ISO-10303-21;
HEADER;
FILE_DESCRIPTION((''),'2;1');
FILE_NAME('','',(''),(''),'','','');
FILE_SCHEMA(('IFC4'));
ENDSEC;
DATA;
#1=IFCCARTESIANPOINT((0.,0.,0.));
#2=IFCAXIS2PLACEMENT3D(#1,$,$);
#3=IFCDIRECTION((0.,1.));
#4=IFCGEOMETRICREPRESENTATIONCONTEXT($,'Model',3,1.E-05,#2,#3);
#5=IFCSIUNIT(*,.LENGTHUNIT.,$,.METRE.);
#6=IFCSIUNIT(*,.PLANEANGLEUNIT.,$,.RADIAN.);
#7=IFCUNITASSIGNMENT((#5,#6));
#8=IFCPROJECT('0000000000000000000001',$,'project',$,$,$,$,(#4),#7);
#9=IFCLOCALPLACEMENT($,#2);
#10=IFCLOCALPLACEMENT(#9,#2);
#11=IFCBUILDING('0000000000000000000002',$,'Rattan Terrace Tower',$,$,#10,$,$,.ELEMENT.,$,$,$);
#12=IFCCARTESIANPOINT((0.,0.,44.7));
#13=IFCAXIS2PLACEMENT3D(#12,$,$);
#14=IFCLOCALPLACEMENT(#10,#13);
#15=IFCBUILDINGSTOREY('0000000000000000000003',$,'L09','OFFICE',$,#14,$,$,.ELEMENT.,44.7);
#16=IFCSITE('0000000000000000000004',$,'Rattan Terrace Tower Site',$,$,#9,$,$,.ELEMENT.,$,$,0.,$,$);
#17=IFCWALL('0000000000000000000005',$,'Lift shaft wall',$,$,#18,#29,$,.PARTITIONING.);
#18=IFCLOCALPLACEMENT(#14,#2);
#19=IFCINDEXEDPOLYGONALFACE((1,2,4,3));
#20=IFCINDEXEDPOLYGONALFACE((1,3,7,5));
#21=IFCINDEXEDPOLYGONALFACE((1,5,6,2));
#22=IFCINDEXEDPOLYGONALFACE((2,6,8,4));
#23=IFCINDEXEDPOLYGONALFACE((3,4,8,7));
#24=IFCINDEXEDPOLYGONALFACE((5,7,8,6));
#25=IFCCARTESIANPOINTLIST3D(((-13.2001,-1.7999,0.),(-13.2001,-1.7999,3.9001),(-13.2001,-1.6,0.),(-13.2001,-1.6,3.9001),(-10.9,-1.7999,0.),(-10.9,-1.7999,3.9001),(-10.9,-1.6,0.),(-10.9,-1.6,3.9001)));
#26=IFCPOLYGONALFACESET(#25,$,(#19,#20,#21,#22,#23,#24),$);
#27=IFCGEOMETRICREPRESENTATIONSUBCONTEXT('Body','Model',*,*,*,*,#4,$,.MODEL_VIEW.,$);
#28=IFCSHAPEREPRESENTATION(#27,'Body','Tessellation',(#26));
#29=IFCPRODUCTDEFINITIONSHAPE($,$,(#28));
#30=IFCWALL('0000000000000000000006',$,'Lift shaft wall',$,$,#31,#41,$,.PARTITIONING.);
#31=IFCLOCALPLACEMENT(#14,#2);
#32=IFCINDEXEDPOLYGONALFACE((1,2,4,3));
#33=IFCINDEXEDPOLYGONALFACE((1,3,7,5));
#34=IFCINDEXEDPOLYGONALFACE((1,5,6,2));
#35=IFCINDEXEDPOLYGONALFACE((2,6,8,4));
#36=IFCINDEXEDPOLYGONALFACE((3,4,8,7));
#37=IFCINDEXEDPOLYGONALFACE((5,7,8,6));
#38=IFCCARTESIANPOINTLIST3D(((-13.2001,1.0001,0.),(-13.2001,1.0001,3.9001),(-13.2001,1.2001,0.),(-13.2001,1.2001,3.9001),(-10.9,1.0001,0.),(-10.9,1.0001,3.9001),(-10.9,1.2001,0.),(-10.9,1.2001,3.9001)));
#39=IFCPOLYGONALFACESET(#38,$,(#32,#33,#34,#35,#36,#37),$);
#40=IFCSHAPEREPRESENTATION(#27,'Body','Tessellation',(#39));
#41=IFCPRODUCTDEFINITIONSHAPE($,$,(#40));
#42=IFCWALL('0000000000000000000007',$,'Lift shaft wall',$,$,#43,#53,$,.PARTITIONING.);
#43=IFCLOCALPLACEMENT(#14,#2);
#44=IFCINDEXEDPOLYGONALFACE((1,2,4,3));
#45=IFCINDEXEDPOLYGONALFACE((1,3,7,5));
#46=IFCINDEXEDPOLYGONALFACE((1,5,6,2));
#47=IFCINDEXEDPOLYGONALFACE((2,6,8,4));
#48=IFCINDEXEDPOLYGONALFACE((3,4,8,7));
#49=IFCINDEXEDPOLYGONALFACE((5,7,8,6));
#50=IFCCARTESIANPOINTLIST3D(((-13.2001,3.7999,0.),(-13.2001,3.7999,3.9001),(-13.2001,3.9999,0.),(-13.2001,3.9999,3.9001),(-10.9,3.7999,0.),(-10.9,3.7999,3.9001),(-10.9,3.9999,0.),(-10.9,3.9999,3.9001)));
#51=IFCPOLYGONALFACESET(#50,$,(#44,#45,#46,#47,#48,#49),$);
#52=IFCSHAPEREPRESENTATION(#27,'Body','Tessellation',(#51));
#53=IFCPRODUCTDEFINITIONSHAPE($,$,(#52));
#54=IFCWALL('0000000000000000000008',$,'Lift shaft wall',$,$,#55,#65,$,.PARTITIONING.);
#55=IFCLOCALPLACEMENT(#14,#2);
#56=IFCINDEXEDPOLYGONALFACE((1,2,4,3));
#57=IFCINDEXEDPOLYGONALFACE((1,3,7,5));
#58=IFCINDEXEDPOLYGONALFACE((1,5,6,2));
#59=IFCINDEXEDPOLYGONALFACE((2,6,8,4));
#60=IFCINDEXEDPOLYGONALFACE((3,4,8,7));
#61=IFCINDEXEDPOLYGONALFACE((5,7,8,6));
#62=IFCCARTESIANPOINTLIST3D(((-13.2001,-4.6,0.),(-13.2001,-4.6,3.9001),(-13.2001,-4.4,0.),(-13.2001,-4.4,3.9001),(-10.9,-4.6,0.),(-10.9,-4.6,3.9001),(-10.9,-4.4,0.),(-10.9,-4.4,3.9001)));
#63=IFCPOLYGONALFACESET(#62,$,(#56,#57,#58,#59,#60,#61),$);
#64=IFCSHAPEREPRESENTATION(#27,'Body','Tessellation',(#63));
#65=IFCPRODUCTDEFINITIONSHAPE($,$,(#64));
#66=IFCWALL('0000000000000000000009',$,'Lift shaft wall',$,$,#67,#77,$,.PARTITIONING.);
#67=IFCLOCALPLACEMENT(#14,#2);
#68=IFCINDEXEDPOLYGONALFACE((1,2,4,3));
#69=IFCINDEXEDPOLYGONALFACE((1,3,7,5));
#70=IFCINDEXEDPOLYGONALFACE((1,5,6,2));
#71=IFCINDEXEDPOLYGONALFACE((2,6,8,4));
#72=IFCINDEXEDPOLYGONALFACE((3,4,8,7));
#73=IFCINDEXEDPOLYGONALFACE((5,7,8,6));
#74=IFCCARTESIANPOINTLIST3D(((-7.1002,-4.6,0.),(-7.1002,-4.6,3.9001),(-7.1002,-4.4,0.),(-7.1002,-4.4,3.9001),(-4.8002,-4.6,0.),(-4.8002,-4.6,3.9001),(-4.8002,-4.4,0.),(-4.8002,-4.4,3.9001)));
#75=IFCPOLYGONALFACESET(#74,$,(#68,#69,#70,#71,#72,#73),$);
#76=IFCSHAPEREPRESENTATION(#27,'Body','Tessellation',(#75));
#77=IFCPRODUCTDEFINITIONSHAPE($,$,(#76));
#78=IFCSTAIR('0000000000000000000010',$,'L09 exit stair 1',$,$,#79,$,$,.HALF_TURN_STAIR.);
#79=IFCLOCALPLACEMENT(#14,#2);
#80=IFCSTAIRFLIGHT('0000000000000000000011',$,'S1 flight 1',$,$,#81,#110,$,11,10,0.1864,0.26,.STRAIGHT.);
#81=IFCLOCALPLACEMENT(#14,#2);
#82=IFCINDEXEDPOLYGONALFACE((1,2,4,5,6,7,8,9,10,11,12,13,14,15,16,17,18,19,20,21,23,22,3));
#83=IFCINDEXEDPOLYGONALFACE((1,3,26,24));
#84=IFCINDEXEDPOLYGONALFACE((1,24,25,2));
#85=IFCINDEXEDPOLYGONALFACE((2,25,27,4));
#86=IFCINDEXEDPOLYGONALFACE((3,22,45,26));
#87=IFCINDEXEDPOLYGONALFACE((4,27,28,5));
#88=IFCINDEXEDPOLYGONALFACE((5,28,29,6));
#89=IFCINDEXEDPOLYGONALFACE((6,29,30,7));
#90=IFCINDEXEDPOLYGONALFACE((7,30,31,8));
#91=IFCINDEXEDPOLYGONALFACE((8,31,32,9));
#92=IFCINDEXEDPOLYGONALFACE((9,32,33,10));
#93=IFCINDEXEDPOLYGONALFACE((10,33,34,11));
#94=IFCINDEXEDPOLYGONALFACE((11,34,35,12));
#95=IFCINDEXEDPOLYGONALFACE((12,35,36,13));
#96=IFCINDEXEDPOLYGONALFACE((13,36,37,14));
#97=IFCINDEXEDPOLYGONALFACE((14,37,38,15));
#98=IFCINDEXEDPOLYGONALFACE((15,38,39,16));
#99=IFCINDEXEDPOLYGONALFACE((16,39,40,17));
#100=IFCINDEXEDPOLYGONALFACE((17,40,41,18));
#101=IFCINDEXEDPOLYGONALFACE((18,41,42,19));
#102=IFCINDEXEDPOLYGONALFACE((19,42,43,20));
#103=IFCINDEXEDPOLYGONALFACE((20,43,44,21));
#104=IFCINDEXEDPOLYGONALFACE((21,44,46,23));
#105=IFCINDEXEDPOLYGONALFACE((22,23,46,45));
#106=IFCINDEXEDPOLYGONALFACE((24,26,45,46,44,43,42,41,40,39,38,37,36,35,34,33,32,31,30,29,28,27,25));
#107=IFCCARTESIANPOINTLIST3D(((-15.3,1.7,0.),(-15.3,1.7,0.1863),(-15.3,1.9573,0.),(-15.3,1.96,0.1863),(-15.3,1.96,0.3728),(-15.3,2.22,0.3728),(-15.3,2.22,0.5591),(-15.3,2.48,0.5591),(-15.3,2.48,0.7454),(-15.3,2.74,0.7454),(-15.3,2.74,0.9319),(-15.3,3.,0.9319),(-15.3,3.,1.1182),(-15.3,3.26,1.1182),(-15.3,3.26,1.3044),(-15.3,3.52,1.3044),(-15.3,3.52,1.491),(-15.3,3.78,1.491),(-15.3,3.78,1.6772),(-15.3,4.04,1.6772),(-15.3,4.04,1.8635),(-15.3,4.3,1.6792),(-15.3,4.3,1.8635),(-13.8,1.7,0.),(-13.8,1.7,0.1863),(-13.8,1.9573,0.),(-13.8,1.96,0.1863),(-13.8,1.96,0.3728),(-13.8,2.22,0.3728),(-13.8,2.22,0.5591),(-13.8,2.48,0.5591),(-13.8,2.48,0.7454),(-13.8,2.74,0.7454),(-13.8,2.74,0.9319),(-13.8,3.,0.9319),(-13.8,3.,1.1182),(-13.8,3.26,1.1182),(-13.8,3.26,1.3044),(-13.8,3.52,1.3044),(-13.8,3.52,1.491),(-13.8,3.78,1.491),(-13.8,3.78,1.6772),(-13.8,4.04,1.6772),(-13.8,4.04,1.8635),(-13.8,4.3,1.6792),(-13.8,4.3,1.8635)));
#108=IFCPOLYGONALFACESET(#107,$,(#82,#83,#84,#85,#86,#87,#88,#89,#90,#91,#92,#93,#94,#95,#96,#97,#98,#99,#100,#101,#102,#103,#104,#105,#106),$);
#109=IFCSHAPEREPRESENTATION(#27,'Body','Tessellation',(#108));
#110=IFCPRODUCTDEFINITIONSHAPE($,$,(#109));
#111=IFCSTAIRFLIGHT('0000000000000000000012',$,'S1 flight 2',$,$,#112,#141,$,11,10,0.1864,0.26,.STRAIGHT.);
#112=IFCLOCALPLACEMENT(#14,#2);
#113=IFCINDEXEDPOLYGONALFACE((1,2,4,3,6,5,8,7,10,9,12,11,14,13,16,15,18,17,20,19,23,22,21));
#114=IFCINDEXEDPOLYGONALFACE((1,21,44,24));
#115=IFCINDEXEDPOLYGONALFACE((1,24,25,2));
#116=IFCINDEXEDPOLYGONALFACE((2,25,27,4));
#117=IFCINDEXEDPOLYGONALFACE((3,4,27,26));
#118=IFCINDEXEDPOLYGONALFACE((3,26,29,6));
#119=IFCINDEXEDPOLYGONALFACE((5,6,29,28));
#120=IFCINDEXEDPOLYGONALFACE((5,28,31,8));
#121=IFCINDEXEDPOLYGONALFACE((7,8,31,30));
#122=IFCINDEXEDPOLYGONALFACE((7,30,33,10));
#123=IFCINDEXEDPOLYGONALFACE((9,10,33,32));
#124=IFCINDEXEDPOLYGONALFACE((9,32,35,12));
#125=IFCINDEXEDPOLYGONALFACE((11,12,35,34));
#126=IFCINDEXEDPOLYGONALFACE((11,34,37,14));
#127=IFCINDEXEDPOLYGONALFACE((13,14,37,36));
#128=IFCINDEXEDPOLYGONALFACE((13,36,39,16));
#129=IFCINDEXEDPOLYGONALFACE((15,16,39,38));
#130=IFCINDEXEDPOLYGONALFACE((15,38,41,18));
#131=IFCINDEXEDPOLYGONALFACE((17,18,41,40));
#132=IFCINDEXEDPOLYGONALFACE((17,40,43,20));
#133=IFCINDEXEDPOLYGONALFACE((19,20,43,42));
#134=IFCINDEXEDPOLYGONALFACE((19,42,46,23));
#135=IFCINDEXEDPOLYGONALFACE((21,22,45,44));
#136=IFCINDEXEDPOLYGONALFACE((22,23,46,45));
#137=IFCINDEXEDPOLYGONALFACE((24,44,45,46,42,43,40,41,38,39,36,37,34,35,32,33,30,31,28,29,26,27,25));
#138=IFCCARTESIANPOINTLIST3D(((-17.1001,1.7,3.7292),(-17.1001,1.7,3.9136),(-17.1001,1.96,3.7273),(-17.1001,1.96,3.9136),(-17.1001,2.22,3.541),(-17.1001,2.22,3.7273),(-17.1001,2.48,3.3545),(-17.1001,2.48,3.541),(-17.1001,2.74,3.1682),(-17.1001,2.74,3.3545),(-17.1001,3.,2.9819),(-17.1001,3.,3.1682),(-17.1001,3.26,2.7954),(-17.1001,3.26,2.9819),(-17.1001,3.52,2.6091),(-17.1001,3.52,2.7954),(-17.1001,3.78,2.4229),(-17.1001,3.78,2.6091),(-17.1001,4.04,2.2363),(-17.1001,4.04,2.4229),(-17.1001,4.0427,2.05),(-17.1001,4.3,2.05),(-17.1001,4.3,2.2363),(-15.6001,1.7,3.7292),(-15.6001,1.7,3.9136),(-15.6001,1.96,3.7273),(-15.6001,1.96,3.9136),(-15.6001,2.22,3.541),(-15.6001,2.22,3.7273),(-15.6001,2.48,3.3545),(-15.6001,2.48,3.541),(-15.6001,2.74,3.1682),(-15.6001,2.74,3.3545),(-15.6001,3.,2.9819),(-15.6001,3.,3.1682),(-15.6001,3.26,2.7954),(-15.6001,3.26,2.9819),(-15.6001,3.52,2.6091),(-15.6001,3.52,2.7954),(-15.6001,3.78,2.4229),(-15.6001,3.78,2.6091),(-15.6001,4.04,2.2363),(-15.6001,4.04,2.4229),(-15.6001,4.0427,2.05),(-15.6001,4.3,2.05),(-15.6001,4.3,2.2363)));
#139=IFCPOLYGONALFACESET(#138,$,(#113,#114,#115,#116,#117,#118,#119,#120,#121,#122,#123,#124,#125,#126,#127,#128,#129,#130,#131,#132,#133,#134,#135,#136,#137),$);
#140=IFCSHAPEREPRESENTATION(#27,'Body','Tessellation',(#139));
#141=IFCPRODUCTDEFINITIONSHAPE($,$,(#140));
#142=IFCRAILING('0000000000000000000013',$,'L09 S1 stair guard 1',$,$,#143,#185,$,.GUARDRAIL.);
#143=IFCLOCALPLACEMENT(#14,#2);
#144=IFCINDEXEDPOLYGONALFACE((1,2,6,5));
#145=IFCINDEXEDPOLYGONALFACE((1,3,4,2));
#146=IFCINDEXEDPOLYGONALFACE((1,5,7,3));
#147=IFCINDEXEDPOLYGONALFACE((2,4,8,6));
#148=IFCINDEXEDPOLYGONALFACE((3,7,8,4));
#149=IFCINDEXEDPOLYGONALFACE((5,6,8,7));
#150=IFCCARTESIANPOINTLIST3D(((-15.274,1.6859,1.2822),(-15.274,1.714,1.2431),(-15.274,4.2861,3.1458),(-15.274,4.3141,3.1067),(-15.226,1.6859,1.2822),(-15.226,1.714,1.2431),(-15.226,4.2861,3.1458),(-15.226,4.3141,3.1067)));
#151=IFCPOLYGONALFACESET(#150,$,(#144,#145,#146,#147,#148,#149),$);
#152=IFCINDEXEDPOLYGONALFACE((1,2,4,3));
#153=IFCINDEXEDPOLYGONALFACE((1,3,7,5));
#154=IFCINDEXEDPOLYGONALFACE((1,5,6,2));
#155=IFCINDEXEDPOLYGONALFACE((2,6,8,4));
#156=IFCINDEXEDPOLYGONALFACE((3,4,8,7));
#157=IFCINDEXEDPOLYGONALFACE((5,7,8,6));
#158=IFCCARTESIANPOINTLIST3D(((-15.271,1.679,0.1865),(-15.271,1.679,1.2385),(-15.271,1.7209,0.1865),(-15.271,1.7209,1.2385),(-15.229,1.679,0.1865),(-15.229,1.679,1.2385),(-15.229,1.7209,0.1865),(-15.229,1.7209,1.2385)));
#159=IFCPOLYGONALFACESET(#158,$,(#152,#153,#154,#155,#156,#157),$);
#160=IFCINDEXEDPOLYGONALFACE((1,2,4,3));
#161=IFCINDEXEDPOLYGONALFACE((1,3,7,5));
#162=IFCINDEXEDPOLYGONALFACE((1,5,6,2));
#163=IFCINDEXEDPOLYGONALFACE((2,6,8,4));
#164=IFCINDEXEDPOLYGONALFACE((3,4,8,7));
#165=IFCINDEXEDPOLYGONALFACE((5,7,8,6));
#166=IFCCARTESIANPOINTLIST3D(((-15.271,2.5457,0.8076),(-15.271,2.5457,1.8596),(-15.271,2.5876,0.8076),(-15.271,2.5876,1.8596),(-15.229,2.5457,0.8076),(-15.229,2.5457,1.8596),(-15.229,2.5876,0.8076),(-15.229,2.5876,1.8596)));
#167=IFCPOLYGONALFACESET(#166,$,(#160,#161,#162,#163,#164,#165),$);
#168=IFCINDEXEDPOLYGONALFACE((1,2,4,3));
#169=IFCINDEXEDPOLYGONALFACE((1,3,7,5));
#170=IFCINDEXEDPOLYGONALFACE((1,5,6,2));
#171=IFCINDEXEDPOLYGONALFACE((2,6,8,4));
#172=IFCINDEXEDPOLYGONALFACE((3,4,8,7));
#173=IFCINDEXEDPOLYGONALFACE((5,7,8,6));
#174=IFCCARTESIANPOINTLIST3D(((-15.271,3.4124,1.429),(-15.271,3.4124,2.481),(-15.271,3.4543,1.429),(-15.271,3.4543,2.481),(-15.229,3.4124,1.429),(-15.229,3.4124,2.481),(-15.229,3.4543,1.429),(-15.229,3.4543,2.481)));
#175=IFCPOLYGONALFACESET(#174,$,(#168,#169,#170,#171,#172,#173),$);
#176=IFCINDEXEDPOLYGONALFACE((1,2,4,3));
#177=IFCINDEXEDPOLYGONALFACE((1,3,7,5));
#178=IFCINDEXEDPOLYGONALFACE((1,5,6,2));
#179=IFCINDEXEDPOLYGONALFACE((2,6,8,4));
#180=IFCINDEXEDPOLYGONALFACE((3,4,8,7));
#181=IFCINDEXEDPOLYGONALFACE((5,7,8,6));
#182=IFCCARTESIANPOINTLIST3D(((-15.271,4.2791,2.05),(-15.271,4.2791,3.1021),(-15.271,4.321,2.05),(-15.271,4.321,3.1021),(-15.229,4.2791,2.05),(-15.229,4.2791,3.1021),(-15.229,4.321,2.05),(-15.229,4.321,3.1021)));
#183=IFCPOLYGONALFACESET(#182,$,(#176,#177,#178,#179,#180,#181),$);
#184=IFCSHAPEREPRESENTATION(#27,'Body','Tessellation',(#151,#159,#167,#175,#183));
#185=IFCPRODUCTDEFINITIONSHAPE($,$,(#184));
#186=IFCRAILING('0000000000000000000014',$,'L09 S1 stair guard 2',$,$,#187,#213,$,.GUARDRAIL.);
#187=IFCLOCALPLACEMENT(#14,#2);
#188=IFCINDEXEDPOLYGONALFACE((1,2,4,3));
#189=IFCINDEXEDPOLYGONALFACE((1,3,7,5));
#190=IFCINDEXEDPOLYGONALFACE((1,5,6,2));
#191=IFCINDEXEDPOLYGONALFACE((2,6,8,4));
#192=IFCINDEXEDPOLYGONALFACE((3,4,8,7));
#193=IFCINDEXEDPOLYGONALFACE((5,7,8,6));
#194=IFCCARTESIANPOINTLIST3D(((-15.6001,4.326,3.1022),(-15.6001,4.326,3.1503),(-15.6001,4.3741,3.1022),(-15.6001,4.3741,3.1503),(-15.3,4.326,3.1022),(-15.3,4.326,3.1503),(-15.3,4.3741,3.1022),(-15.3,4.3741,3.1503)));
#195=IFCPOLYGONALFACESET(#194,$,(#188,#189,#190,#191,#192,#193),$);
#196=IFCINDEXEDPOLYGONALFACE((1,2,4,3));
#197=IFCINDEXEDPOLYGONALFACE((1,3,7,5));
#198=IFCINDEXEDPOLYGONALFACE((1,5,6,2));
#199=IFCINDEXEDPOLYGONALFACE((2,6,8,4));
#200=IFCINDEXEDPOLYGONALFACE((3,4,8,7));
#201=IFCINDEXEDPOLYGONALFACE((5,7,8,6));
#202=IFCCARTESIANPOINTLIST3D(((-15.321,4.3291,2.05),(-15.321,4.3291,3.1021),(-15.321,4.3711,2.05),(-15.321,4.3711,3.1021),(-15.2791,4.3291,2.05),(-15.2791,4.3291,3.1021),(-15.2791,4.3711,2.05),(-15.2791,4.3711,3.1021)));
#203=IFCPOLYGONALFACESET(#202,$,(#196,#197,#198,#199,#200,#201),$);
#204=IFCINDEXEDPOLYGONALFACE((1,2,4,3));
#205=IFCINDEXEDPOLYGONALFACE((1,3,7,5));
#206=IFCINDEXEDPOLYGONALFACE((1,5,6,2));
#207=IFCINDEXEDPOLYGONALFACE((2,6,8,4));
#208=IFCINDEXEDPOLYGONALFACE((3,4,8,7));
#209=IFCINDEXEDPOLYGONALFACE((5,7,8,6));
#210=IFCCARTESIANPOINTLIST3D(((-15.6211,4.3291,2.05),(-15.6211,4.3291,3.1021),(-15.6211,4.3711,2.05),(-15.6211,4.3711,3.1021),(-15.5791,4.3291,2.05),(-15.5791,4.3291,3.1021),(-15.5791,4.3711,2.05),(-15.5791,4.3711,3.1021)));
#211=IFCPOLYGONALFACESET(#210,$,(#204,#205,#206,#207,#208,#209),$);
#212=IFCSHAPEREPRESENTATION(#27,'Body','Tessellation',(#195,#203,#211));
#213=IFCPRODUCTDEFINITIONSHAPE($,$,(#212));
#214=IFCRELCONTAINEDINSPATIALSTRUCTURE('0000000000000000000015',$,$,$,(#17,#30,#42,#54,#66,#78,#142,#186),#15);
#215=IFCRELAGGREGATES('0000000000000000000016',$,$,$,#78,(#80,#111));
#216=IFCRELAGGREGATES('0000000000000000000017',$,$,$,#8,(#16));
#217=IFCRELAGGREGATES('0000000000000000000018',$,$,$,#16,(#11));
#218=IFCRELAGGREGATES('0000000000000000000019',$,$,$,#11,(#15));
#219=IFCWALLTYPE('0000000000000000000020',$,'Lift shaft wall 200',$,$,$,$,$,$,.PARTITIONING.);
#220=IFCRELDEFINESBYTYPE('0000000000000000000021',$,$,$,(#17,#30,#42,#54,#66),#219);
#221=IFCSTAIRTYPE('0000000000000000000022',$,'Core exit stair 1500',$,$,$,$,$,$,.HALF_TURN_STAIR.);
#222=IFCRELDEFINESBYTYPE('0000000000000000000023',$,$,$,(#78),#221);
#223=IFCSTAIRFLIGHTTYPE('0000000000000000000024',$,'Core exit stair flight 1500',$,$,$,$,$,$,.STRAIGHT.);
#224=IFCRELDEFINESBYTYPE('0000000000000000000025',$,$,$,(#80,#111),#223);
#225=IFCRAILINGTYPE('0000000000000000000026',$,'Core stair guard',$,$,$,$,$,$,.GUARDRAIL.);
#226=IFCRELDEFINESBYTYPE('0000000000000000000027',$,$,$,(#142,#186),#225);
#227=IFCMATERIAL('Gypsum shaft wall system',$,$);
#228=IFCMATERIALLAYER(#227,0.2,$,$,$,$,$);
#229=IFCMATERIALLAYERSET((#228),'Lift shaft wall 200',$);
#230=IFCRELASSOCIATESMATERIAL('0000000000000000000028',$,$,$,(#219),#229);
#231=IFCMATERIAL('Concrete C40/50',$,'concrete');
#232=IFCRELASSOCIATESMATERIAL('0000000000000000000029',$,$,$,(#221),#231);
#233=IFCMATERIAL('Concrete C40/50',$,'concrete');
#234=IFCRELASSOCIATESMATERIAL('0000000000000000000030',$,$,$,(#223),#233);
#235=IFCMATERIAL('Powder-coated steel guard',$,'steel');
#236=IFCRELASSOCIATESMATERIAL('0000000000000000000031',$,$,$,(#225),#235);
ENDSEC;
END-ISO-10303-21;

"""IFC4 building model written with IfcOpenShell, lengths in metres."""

from ifc_helpers import new_model, si_unit, direction, frame, frame_2d, origin, origin_2d, place, context, subcontext, project, spatial, polyline, rectangle, outline, extrude, material, layer, layer_set, type_object, element, aggregate, save


model = new_model("IFC4")

# Units and contexts
model_context = context("Model", 3, precision=1e-05, world=origin(), true_north=direction((0.0, 1.0)))
body_context = subcontext(model_context, "Body", "Model", "MODEL_VIEW")
ifc_project = project(units=[si_unit("LENGTHUNIT", "METRE"), si_unit("PLANEANGLEUNIT", "RADIAN")], contexts=[model_context])

# Site, building, storey
site_placement = place(None, origin())
site = spatial("IfcSite", under=ifc_project, at=site_placement, Name="Rattan Terrace Tower Site", CompositionType="ELEMENT", RefElevation=0.0)
building_placement = place(site_placement, origin())
building = spatial("IfcBuilding", under=site, at=building_placement, Name="Rattan Terrace Tower", CompositionType="ELEMENT")
storey_placement = place(building_placement, frame((0.0, 0.0, 44.7)))
storey = spatial("IfcBuildingStorey", under=building, at=storey_placement, Name="L09", Description="OFFICE", CompositionType="ELEMENT", Elevation=44.7)

# Walls
ifc_material_1 = material(Name="Gypsum shaft wall system")
ifc_layer_1 = layer(ifc_material_1, 0.2)
ifc_layer_set_1 = layer_set([ifc_layer_1], Name="Lift shaft wall 200")
wall_type = type_object("IfcWallType", Name="Lift shaft wall 200", PredefinedType="PARTITIONING", material=ifc_layer_set_1)
for number, where, z_axis, x_axis, name in (
    (1, (-13.2, -1.7, 0.0), (0.0, 0.0, 1.0), (1.0, 0.0, 0.0), "Lift shaft wall"),
    (2, (-13.2, 1.1001, 0.0), (0.0, 0.0, 1.0), (1.0, 0.0, 0.0), "Lift shaft wall"),
    (3, (-13.2, 3.8999, 0.0), (0.0, 0.0, 1.0), (1.0, 0.0, 0.0), "Lift shaft wall"),
    (4, (-13.2, -4.5, 0.0), (0.0, 0.0, 1.0), (1.0, 0.0, 0.0), "Lift shaft wall"),
    (5, (-7.1001, -4.5, 0.0), (0.0, 0.0, 1.0), (1.0, 0.0, 0.0), "Lift shaft wall"),
):
    element("IfcWall", number, at=place(storey_placement, frame(where, z_axis=z_axis, x_axis=x_axis)), inside=storey, type_object=wall_type, Name=name, PredefinedType="PARTITIONING", context=body_context, shape_type="SweptSolid", body=[
        extrude(rectangle(XDim=2.3, YDim=0.2, at=frame_2d((1.1499, 0.0))), origin(), (0.0, 0.0, 1.0), 3.9001),
    ])

# Stair, stair flights
ifc_material_2 = material(Name="Concrete C40/50", Category="concrete")
stair_type = type_object("IfcStairType", Name="Core exit stair 1500", PredefinedType="HALF_TURN_STAIR", material=ifc_material_2)
stair_placement = place(storey_placement, origin())
stair = element("IfcStair", 6, at=stair_placement, inside=storey, type_object=stair_type, Name="L09 exit stair 1", PredefinedType="HALF_TURN_STAIR")
ifc_material_3 = material(Name="Concrete C40/50", Category="concrete")
stair_flight_type = type_object("IfcStairFlightType", Name="Core exit stair flight 1500", PredefinedType="STRAIGHT", material=ifc_material_3)
stair_flight_1_placement = place(storey_placement, frame((-14.55, 1.7, 0.0), z_axis=(0.0, 0.0, 1.0), x_axis=(0.0, 1.0, 0.0)))
stair_flight_1 = element("IfcStairFlight", 7, at=stair_flight_1_placement, type_object=stair_flight_type, Name="S1 flight 1", NumberOfRisers=11, NumberOfTreads=10, PredefinedType="STRAIGHT", RiserHeight=0.1864, TreadLength=0.26, context=body_context, shape_type="SweptSolid", body=[
    extrude(outline(polyline([(0.0, 0.0), (0.0, 0.1863), (0.26, 0.1863), (0.26, 0.3728), (0.52, 0.3728), (0.52, 0.5591), (0.78, 0.5591), (0.78, 0.7454), (1.04, 0.7454), (1.04, 0.9319), (1.3, 0.9319), (1.3, 1.1182), (1.5601, 1.1182), (1.5601, 1.3044), (1.8201, 1.3044), (1.8201, 1.491), (2.0801, 1.491), (2.0801, 1.6772), (2.3401, 1.6772), (2.3401, 1.8635), (2.6001, 1.8635), (2.6001, 2.05), (2.6001, 1.6792), (0.2573, 0.0), (0.0, 0.0)])), frame((0.0, 0.75, 0.0), z_axis=(0.0, -1.0, 0.0), x_axis=(1.0, 0.0, 0.0)), (0.0, 0.0, 1.0), 1.5),
])
stair_flight_2_placement = place(storey_placement, frame((-16.3501, 4.3, 2.05), z_axis=(0.0, 0.0, 1.0), x_axis=(0.0, -1.0, 0.0)))
stair_flight_2 = element("IfcStairFlight", 8, at=stair_flight_2_placement, type_object=stair_flight_type, Name="S1 flight 2", NumberOfRisers=11, NumberOfTreads=10, PredefinedType="STRAIGHT", RiserHeight=0.1864, TreadLength=0.26, context=body_context, shape_type="SweptSolid", body=[
    extrude(outline(polyline([(0.0, 0.0), (0.0, 0.1863), (0.26, 0.1863), (0.26, 0.3728), (0.52, 0.3728), (0.52, 0.5591), (0.78, 0.5591), (0.78, 0.7454), (1.04, 0.7454), (1.04, 0.9319), (1.3, 0.9319), (1.3, 1.1182), (1.5601, 1.1182), (1.5601, 1.3044), (1.8201, 1.3044), (1.8201, 1.491), (2.0801, 1.491), (2.0801, 1.6772), (2.3401, 1.6772), (2.3401, 1.8635), (2.6001, 1.8635), (2.6001, 2.05), (2.6001, 1.6792), (0.2573, 0.0), (0.0, 0.0)])), frame((0.0, 0.75, 0.0), z_axis=(0.0, -1.0, 0.0), x_axis=(1.0, 0.0, 0.0)), (0.0, 0.0, 1.0), 1.5),
])
aggregate(stair, [stair_flight_1, stair_flight_2])

# Railings
ifc_material_4 = material(Name="Powder-coated steel guard", Category="steel")
railing_type_1 = type_object("IfcRailingType", Name="Core stair guard", PredefinedType="GUARDRAIL", material=ifc_material_4)
railing_1_placement = place(storey_placement, frame((-15.25, 1.7, 0.1865)))
element("IfcRailing", 9, at=railing_1_placement, inside=storey, type_object=railing_type_1, Name="L09 S1 stair guard 1", PredefinedType="GUARDRAIL", context=body_context, shape_type="SweptSolid", body=[
    extrude(rectangle(XDim=0.0481, YDim=0.0481, at=origin_2d()), frame((0.0, 0.0, 1.0762), z_axis=(0.0, 0.812799, 0.582544), x_axis=(-1.0, 0.0, 0.0)), (0.0, 0.0, 1.0), 3.199),
    extrude(rectangle(XDim=0.042, YDim=0.042, at=origin_2d()), origin(), (0.0, 0.0, 1.0), 1.052),
    extrude(rectangle(XDim=0.042, YDim=0.042, at=origin_2d()), frame((0.0, 0.8667, 0.6211)), (0.0, 0.0, 1.0), 1.052),
    extrude(rectangle(XDim=0.042, YDim=0.042, at=origin_2d()), frame((0.0, 1.7334, 1.2424)), (0.0, 0.0, 1.0), 1.052),
    extrude(rectangle(XDim=0.042, YDim=0.042, at=origin_2d()), frame((0.0, 2.6001, 1.8635)), (0.0, 0.0, 1.0), 1.052),
])
railing_2_placement = place(storey_placement, frame((-15.3, 4.3501, 2.05)))
element("IfcRailing", 10, at=railing_2_placement, inside=storey, type_object=railing_type_1, Name="L09 S1 stair guard 2", PredefinedType="GUARDRAIL", context=body_context, shape_type="SweptSolid", body=[
    extrude(rectangle(XDim=0.0481, YDim=0.0481, at=origin_2d()), frame((0.0, 0.0, 1.0762), z_axis=(-1.0, 0.0, 0.0), x_axis=(0.0, -1.0, 0.0)), (0.0, 0.0, 1.0), 0.3),
    extrude(rectangle(XDim=0.042, YDim=0.042, at=origin_2d()), origin(), (0.0, 0.0, 1.0), 1.052),
    extrude(rectangle(XDim=0.042, YDim=0.042, at=origin_2d()), frame((-0.3, 0.0, 0.0)), (0.0, 0.0, 1.0), 1.052),
])

save(model, "model.ifc")
